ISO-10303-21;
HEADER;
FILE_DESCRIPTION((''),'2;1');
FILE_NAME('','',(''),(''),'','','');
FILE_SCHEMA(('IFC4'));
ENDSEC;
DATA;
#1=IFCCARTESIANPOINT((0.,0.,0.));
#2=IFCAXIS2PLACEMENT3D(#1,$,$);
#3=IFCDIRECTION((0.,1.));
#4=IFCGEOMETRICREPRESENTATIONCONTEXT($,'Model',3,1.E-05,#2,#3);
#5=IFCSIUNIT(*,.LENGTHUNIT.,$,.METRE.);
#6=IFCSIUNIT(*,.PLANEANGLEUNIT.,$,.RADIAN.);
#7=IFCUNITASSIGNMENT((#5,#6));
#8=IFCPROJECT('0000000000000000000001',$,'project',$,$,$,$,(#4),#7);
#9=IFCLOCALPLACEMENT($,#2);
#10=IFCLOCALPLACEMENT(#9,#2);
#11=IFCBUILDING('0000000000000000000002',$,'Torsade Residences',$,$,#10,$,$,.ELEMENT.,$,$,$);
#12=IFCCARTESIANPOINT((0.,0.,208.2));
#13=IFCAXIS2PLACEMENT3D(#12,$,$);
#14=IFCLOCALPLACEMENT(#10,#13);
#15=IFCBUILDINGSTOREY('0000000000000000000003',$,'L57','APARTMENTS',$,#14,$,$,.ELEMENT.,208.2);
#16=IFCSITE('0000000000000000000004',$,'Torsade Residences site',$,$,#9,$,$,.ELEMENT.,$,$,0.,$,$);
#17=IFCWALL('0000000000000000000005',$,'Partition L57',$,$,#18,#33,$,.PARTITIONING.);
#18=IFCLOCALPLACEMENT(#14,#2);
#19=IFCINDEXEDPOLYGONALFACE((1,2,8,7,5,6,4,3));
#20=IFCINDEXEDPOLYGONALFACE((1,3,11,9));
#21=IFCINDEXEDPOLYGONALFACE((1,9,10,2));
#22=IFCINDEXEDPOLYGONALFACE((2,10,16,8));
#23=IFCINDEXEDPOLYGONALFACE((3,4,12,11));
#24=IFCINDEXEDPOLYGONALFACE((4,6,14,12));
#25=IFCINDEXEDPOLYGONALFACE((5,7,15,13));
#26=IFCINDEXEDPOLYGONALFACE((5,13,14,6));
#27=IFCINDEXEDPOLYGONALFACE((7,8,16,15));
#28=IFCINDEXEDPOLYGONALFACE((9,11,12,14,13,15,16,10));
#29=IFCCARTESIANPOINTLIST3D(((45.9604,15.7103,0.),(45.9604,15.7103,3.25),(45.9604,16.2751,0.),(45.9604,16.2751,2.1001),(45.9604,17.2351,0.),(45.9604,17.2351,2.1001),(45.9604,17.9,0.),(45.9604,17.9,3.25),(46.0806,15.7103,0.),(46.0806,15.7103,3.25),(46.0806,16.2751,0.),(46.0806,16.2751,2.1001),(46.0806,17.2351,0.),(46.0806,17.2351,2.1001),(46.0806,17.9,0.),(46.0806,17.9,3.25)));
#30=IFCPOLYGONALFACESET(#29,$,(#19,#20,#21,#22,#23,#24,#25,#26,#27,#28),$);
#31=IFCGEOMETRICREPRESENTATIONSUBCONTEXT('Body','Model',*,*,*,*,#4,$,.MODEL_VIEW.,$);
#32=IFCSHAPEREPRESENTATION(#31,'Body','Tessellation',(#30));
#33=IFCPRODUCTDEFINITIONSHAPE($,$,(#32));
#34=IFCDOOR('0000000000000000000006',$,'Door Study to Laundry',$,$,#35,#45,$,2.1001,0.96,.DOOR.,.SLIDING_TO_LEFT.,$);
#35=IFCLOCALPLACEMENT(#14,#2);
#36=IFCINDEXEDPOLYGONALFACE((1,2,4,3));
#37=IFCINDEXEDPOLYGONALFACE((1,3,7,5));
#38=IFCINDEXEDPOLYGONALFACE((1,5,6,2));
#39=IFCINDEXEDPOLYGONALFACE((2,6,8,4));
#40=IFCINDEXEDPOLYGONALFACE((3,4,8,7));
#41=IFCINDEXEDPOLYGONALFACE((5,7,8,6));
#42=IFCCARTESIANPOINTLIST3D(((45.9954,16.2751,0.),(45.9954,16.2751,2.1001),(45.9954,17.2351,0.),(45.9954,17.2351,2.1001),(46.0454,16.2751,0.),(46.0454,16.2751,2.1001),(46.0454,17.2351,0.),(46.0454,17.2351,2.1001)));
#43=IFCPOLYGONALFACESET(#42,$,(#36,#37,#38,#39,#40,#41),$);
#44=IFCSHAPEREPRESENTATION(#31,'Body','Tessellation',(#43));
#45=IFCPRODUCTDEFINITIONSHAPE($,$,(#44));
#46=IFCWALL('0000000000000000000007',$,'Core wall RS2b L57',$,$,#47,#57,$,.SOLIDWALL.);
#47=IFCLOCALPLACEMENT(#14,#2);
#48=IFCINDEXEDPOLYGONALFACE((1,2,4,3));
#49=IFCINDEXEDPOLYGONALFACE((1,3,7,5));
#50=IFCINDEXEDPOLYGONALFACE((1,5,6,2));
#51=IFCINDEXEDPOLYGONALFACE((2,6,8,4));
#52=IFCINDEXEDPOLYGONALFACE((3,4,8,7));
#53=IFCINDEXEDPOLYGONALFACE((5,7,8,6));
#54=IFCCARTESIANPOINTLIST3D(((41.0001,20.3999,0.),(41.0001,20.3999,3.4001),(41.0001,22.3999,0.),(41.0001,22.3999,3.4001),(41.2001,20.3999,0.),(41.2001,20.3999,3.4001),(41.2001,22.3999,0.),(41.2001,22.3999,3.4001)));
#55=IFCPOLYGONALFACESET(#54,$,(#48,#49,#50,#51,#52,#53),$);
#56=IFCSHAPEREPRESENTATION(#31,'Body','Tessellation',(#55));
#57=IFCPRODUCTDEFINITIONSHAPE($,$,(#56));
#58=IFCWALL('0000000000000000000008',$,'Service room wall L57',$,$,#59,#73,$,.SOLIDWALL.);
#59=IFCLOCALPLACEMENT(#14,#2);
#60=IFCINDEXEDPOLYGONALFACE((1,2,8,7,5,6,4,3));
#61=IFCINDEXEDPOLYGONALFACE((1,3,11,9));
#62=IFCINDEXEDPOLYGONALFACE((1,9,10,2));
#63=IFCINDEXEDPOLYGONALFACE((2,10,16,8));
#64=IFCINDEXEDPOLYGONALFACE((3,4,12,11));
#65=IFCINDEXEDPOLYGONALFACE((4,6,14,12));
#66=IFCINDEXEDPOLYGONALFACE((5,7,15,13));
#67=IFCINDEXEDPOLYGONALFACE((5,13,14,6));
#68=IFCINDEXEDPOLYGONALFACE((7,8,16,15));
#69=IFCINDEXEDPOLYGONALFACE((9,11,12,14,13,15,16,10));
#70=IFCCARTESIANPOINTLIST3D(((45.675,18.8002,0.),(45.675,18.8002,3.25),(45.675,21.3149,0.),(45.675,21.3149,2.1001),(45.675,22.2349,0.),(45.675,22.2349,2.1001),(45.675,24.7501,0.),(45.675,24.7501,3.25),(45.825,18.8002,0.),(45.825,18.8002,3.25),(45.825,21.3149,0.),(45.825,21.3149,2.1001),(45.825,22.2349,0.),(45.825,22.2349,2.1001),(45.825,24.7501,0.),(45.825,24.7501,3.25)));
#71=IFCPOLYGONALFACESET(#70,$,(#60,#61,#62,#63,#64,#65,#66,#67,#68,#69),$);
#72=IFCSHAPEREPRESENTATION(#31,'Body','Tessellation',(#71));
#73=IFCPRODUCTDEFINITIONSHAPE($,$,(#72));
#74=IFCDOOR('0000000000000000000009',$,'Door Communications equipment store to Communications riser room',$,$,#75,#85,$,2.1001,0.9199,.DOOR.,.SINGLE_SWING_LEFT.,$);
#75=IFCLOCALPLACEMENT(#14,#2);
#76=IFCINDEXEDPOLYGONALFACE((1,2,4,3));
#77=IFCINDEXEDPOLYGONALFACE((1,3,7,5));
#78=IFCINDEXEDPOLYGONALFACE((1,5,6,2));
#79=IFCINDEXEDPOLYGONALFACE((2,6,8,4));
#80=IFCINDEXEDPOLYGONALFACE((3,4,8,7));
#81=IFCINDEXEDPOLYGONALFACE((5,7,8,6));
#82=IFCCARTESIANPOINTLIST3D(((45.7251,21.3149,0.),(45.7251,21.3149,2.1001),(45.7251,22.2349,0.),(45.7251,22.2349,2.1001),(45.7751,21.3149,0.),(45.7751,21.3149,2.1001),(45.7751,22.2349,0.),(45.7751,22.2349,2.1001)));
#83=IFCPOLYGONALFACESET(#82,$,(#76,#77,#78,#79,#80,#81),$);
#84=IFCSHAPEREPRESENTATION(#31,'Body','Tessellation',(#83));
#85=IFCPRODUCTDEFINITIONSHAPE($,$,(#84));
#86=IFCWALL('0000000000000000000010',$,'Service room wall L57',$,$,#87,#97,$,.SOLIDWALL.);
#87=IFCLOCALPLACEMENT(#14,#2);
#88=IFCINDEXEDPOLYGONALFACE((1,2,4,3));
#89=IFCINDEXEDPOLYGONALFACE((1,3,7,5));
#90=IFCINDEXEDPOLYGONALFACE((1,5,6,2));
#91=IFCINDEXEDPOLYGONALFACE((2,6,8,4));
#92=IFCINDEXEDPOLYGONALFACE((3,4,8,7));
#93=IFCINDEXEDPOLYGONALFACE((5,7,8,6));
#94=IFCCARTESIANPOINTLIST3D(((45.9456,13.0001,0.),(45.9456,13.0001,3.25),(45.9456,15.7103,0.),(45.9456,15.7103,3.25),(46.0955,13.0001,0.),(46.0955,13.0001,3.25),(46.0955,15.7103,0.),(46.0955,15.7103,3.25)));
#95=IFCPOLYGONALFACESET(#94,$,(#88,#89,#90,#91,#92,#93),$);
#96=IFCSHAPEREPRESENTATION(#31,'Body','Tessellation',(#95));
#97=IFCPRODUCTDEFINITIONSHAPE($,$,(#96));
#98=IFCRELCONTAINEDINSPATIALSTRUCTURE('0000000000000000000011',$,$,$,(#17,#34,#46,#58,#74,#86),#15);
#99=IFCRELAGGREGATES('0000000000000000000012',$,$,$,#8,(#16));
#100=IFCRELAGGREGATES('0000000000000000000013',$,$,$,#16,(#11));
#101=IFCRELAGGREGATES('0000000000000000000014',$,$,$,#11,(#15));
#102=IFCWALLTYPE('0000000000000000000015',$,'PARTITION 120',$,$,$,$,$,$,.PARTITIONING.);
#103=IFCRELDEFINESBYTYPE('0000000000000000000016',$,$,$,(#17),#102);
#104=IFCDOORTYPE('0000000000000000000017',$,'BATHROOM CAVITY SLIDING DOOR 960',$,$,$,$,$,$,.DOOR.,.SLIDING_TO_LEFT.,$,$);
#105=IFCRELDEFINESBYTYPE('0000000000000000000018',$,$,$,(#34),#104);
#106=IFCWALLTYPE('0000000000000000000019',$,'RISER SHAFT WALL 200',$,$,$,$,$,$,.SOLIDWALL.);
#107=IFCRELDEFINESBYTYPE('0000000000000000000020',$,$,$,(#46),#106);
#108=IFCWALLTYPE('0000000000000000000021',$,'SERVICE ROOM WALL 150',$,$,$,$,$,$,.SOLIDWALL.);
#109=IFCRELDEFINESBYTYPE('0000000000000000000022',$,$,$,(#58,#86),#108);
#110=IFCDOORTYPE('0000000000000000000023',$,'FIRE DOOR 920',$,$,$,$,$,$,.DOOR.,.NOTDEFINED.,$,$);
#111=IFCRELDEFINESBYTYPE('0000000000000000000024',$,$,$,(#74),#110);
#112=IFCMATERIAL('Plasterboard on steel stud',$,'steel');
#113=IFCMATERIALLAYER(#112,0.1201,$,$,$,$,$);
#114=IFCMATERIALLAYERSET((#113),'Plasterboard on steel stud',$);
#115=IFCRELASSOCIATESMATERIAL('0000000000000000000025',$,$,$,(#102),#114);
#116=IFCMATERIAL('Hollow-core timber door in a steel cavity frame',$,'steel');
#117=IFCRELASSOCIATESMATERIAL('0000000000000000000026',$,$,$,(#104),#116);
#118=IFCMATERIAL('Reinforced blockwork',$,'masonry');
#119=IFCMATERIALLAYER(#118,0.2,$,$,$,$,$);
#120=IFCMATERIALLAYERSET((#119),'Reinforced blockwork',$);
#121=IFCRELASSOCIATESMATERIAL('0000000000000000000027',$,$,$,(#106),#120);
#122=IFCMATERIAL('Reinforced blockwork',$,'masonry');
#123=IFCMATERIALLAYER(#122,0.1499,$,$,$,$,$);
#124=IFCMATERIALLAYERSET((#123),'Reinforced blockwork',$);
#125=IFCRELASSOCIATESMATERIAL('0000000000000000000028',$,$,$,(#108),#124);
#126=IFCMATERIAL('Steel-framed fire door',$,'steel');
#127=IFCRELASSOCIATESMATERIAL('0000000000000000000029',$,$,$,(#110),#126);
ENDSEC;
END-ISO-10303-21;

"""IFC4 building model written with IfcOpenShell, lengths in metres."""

from ifc_helpers import new_model, si_unit, direction, frame, frame_2d, origin, place, context, subcontext, project, spatial, rectangle, extrude, material, layer, layer_set, type_object, element, fill, save


model = new_model("IFC4")

# Units and contexts
model_context = context("Model", 3, precision=1e-05, world=origin(), true_north=direction((0.0, 1.0)))
body_context = subcontext(model_context, "Body", "Model", "MODEL_VIEW")
ifc_project = project(units=[si_unit("LENGTHUNIT", "METRE"), si_unit("PLANEANGLEUNIT", "RADIAN")], contexts=[model_context])

# Site, building, storey
site_placement = place(None, origin())
site = spatial("IfcSite", under=ifc_project, at=site_placement, Name="Torsade Residences site", CompositionType="ELEMENT", RefElevation=0.0)
building_placement = place(site_placement, origin())
building = spatial("IfcBuilding", under=site, at=building_placement, Name="Torsade Residences", CompositionType="ELEMENT")
storey_placement = place(building_placement, frame((0.0, 0.0, 208.2)))
storey = spatial("IfcBuildingStorey", under=building, at=storey_placement, Name="L57", Description="APARTMENTS", CompositionType="ELEMENT", Elevation=208.2)

# Wall, opening, door
ifc_material_1 = material(Name="Plasterboard on steel stud", Category="steel")
ifc_layer_1 = layer(ifc_material_1, 0.1201)
ifc_layer_set_1 = layer_set([ifc_layer_1], Name="Plasterboard on steel stud")
wall_type_1 = type_object("IfcWallType", Name="PARTITION 120", PredefinedType="PARTITIONING", material=ifc_layer_set_1)
wall_1_placement = place(storey_placement, frame((46.0205, 17.8999, 0.0), z_axis=(0.0, 0.0, 1.0), x_axis=(0.0, -1.0, 0.0)))
wall_1 = element("IfcWall", 1, at=wall_1_placement, inside=storey, type_object=wall_type_1, Name="Partition L57", PredefinedType="PARTITIONING", context=body_context, shape_type="SweptSolid", body=[
    extrude(rectangle(XDim=2.1897, YDim=0.1201, at=frame_2d((1.0947, 0.0))), origin(), (0.0, 0.0, 1.0), 3.25),
])
opening_1_placement = place(wall_1_placement, frame((0.6648, 0.0, 0.0)))
opening_1 = element("IfcOpeningElement", 2, at=opening_1_placement, cuts=wall_1, PredefinedType="OPENING", context=body_context, shape_type="SweptSolid", body=[
    extrude(rectangle(XDim=0.96, YDim=2.1001, at=frame_2d((0.48, 1.05))), frame((0.0, 0.0701, 0.0), z_axis=(0.0, -1.0, 0.0), x_axis=(1.0, 0.0, 0.0)), (0.0, 0.0, 1.0), 0.1401),
])
ifc_material_2 = material(Name="Hollow-core timber door in a steel cavity frame", Category="steel")
door_type_1 = type_object("IfcDoorType", Name="BATHROOM CAVITY SLIDING DOOR 960", OperationType="SLIDING_TO_LEFT", PredefinedType="DOOR", material=ifc_material_2)
door_1_placement = place(opening_1_placement, origin())
door_1 = element("IfcDoor", 3, at=door_1_placement, inside=storey, type_object=door_type_1, Name="Door Study to Laundry", OperationType="SLIDING_TO_LEFT", OverallHeight=2.1001, OverallWidth=0.96, PredefinedType="DOOR", context=body_context, shape_type="SweptSolid", body=[
    extrude(rectangle(XDim=0.96, YDim=2.1001, at=frame_2d((0.48, 1.05))), frame((0.0, 0.0249, 0.0), z_axis=(0.0, -1.0, 0.0), x_axis=(1.0, 0.0, 0.0)), (0.0, 0.0, 1.0), 0.05),
])
fill(opening_1, door_1)

# Wall
ifc_material_3 = material(Name="Reinforced blockwork", Category="masonry")
ifc_layer_2 = layer(ifc_material_3, 0.2)
ifc_layer_set_2 = layer_set([ifc_layer_2], Name="Reinforced blockwork")
wall_type_2 = type_object("IfcWallType", Name="RISER SHAFT WALL 200", PredefinedType="SOLIDWALL", material=ifc_layer_set_2)
wall_2_placement = place(storey_placement, frame((41.1001, 22.3999, 0.0), z_axis=(0.0, 0.0, 1.0), x_axis=(0.0, -1.0, 0.0)))
element("IfcWall", 4, at=wall_2_placement, inside=storey, type_object=wall_type_2, Name="Core wall RS2b L57", PredefinedType="SOLIDWALL", context=body_context, shape_type="SweptSolid", body=[
    extrude(rectangle(XDim=2.0, YDim=0.2, at=frame_2d((1.0, 0.0))), origin(), (0.0, 0.0, 1.0), 3.4001),
])

# Wall, opening, door
ifc_material_4 = material(Name="Reinforced blockwork", Category="masonry")
ifc_layer_3 = layer(ifc_material_4, 0.1499)
ifc_layer_set_3 = layer_set([ifc_layer_3], Name="Reinforced blockwork")
wall_type_3 = type_object("IfcWallType", Name="SERVICE ROOM WALL 150", PredefinedType="SOLIDWALL", material=ifc_layer_set_3)
wall_3_placement = place(storey_placement, frame((45.75, 18.8, 0.0), z_axis=(0.0, 0.0, 1.0), x_axis=(0.0, 1.0, 0.0)))
wall_3 = element("IfcWall", 5, at=wall_3_placement, inside=storey, type_object=wall_type_3, Name="Service room wall L57", PredefinedType="SOLIDWALL", context=body_context, shape_type="SweptSolid", body=[
    extrude(rectangle(XDim=5.95, YDim=0.1499, at=frame_2d((2.9751, 0.0))), origin(), (0.0, 0.0, 1.0), 3.25),
])
opening_2_placement = place(wall_3_placement, frame((2.5149, 0.0, 0.0)))
opening_2 = element("IfcOpeningElement", 6, at=opening_2_placement, cuts=wall_3, PredefinedType="OPENING", context=body_context, shape_type="SweptSolid", body=[
    extrude(rectangle(XDim=0.9199, YDim=2.1001, at=frame_2d((0.46, 1.05))), frame((0.0, 0.085, 0.0), z_axis=(0.0, -1.0, 0.0), x_axis=(1.0, 0.0, 0.0)), (0.0, 0.0, 1.0), 0.1699),
])
ifc_material_5 = material(Name="Steel-framed fire door", Category="steel")
door_type_2 = type_object("IfcDoorType", Name="FIRE DOOR 920", OperationType="NOTDEFINED", PredefinedType="DOOR", material=ifc_material_5)
door_2_placement = place(opening_2_placement, origin())
door_2 = element("IfcDoor", 7, at=door_2_placement, inside=storey, type_object=door_type_2, Name="Door Communications equipment store to Communications riser room", OperationType="SINGLE_SWING_LEFT", OverallHeight=2.1001, OverallWidth=0.9199, PredefinedType="DOOR", context=body_context, shape_type="SweptSolid", body=[
    extrude(rectangle(XDim=0.9199, YDim=2.1001, at=frame_2d((0.46, 1.05))), frame((0.0, 0.0249, 0.0), z_axis=(0.0, -1.0, 0.0), x_axis=(1.0, 0.0, 0.0)), (0.0, 0.0, 1.0), 0.05),
])
fill(opening_2, door_2)

# Wall
wall_4_placement = place(storey_placement, frame((46.0205, 15.7102, 0.0), z_axis=(0.0, 0.0, 1.0), x_axis=(0.0, -1.0, 0.0)))
element("IfcWall", 8, at=wall_4_placement, inside=storey, type_object=wall_type_3, Name="Service room wall L57", PredefinedType="SOLIDWALL", context=body_context, shape_type="SweptSolid", body=[
    extrude(rectangle(XDim=2.7102, YDim=0.1499, at=frame_2d((1.355, 0.0))), origin(), (0.0, 0.0, 1.0), 3.25),
])

save(model, "model.ifc")
